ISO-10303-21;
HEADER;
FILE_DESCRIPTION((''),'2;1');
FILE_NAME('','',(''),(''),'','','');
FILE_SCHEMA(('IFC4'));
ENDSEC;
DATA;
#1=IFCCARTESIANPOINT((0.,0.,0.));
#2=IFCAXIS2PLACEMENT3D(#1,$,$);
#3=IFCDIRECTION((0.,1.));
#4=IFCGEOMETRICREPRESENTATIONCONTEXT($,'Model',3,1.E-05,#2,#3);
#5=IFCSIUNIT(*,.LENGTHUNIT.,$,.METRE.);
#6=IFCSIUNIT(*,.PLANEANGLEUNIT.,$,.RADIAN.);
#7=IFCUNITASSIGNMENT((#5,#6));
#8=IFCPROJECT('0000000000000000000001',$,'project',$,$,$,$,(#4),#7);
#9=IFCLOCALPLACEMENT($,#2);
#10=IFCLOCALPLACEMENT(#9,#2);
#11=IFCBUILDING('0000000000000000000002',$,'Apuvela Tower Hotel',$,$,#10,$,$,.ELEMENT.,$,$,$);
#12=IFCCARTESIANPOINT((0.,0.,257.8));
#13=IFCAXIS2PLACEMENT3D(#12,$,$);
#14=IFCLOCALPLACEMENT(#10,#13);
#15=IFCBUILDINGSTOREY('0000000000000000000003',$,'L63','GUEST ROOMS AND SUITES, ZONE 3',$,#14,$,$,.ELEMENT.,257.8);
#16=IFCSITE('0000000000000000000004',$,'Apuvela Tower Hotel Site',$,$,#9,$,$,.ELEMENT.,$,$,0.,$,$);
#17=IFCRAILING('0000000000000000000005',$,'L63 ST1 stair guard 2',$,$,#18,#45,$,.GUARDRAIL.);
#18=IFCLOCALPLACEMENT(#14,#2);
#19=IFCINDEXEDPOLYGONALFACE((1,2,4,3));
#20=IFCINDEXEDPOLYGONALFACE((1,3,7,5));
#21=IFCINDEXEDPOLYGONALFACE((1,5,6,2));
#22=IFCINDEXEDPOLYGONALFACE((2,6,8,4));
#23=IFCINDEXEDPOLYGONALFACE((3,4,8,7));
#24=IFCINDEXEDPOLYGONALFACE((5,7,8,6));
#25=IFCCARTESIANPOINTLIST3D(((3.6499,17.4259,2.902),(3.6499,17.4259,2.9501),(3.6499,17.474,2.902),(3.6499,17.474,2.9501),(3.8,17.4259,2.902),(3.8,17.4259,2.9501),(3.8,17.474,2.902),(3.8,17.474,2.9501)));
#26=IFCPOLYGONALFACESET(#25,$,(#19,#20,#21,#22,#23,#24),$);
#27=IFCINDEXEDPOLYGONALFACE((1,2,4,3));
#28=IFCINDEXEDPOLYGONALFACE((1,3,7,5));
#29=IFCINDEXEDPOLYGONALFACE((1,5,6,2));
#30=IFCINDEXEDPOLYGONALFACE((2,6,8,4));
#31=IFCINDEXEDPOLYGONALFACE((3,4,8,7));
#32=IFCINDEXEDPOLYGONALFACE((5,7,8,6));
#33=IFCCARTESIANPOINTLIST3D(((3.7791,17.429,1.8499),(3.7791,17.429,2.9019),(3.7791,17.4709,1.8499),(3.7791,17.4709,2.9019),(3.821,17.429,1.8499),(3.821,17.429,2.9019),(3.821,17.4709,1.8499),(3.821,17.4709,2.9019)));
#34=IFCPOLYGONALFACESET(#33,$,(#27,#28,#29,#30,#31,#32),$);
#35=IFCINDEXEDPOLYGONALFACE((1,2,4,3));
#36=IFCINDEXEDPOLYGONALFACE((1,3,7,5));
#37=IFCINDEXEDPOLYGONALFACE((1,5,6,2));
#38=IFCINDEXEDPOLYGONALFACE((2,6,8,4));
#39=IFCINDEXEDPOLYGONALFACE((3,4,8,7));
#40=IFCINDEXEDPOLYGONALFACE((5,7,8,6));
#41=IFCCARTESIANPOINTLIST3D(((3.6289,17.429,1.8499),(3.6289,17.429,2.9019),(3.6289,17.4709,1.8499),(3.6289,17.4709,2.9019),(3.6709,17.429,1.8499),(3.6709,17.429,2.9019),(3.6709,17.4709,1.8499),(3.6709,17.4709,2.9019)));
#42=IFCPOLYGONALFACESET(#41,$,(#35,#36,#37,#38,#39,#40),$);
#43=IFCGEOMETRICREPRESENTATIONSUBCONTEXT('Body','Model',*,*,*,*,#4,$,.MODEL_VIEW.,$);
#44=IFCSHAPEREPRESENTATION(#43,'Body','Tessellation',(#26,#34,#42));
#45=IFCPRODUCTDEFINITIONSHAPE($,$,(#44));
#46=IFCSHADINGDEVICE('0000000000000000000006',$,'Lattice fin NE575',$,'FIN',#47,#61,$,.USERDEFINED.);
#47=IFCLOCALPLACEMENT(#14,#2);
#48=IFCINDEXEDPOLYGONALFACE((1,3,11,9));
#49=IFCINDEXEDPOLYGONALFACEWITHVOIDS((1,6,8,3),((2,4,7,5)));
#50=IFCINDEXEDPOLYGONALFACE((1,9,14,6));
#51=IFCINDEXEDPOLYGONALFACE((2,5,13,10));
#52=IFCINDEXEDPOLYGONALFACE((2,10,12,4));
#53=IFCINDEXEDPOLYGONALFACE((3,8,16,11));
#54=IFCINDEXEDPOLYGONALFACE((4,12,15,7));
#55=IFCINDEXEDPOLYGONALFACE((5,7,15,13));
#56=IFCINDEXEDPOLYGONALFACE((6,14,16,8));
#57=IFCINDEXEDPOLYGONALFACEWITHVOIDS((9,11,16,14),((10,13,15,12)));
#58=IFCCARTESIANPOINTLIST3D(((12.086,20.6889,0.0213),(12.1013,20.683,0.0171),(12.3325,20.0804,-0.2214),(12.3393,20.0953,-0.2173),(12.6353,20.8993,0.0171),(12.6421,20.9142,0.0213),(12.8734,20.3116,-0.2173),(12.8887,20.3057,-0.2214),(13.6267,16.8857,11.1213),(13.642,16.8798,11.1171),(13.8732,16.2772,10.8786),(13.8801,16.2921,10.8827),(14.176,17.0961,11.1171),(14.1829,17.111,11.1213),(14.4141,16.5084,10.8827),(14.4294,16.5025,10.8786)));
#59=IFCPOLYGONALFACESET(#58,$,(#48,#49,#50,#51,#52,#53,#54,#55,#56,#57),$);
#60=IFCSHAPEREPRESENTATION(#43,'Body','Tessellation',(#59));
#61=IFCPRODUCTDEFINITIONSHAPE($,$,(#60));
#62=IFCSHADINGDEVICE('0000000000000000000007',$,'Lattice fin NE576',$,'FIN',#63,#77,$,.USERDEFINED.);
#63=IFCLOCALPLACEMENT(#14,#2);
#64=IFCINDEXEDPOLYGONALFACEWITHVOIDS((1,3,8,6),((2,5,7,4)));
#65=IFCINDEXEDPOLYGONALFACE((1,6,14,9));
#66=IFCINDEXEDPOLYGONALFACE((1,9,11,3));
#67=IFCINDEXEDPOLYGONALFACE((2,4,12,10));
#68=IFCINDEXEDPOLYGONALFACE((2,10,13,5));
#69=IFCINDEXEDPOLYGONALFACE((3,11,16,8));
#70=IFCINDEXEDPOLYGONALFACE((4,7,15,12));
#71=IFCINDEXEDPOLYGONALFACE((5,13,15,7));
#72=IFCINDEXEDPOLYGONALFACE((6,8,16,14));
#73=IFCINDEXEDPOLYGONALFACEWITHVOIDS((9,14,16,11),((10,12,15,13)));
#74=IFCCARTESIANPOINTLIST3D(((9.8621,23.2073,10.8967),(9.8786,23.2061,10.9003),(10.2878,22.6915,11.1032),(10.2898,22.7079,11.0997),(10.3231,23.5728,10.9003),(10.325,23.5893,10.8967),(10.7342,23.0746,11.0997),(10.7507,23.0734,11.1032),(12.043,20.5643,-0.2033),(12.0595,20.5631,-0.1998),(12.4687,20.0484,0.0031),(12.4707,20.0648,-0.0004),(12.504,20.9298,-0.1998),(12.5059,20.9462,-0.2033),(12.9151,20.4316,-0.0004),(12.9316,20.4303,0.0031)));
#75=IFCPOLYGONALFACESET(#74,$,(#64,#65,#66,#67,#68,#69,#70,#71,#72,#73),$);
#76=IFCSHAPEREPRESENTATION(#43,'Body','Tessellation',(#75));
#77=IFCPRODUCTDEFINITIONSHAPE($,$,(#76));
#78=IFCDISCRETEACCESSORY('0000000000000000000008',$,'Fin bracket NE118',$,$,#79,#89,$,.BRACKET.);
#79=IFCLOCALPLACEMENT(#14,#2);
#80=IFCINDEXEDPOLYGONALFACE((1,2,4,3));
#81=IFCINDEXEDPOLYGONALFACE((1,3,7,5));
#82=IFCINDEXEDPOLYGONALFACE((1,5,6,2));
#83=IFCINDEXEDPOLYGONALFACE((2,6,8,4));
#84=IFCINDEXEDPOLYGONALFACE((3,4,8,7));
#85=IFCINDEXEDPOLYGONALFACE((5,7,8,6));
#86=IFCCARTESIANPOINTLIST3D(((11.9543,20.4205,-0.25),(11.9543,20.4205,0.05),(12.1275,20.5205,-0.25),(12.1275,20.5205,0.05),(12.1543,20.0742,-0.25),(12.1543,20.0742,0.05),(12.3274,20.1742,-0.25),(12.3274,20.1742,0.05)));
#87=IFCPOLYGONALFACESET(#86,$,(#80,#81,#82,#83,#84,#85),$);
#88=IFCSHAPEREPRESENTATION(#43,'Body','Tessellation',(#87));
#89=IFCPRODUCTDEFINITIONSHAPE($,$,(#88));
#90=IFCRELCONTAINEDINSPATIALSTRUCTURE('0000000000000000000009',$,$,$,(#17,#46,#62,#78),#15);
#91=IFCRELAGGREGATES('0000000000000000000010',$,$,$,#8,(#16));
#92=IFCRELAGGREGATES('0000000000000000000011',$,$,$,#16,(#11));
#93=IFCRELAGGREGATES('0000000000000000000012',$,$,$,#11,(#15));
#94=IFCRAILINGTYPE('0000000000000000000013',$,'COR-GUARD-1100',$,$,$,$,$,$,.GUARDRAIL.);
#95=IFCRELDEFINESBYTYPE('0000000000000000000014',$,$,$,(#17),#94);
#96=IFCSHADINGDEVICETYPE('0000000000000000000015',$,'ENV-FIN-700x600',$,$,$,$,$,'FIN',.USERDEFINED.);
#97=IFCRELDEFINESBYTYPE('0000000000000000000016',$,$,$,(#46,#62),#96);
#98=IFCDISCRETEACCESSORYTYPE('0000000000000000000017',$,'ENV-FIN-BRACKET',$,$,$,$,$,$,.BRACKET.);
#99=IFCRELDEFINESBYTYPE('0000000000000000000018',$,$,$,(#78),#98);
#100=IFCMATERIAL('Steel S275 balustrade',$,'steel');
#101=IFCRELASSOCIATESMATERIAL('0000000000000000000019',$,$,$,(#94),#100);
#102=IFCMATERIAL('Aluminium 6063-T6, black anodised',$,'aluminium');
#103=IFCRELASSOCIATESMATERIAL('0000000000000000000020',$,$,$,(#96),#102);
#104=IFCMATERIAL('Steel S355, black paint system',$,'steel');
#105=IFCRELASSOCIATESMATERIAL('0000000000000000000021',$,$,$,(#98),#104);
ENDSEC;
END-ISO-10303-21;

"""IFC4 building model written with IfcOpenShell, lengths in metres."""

from ifc_helpers import new_model, si_unit, direction, frame, origin, origin_2d, place, context, subcontext, project, spatial, rectangle, hollow_rectangle, extrude, material, material_profile, profile_set, type_object, element, save


model = new_model("IFC4")

# Units and contexts
model_context = context("Model", 3, precision=1e-05, world=origin(), true_north=direction((0.0, 1.0)))
body_context = subcontext(model_context, "Body", "Model", "MODEL_VIEW")
ifc_project = project(units=[si_unit("LENGTHUNIT", "METRE"), si_unit("PLANEANGLEUNIT", "RADIAN")], contexts=[model_context])

# Site, building, storey
site_placement = place(None, origin())
site = spatial("IfcSite", under=ifc_project, at=site_placement, Name="Apuvela Tower Hotel Site", CompositionType="ELEMENT", RefElevation=0.0)
building_placement = place(site_placement, origin())
building = spatial("IfcBuilding", under=site, at=building_placement, Name="Apuvela Tower Hotel", CompositionType="ELEMENT")
storey_placement = place(building_placement, frame((0.0, 0.0, 257.8)))
storey = spatial("IfcBuildingStorey", under=building, at=storey_placement, Name="L63", Description="GUEST ROOMS AND SUITES, ZONE 3", CompositionType="ELEMENT", Elevation=257.8)

# Railing
ifc_material_1 = material(Name="Steel S275 balustrade", Category="steel")
railing_type = type_object("IfcRailingType", Name="COR-GUARD-1100", PredefinedType="GUARDRAIL", material=ifc_material_1)
railing_placement = place(storey_placement, frame((3.8, 17.45, 1.8499)))
element("IfcRailing", 1, at=railing_placement, inside=storey, type_object=railing_type, Name="L63 ST1 stair guard 2", PredefinedType="GUARDRAIL", context=body_context, shape_type="SweptSolid", body=[
    extrude(rectangle(XDim=0.0481, YDim=0.0481, at=origin_2d()), frame((0.0, 0.0, 1.0762), z_axis=(-1.0, 0.0, 0.0), x_axis=(0.0, -1.0, 0.0)), (0.0, 0.0, 1.0), 0.1501),
    extrude(rectangle(XDim=0.042, YDim=0.042, at=origin_2d()), origin(), (0.0, 0.0, 1.0), 1.052),
    extrude(rectangle(XDim=0.042, YDim=0.042, at=origin_2d()), frame((-0.1501, 0.0, 0.0)), (0.0, 0.0, 1.0), 1.052),
])

# Shading devices
ifc_material_2 = material(Name="Aluminium 6063-T6, black anodised", Category="aluminium")
ifc_material_profile_1 = material_profile(ifc_material_2, hollow_rectangle(XDim=0.6001, YDim=0.7, WallThickness=0.012, at=origin_2d()), Name="AL BOX 700x600x12")
ifc_profile_set_1 = profile_set([ifc_material_profile_1], Name="Aluminium 6063-T6, black anodised")
shading_device_type = type_object("IfcShadingDeviceType", Name="ENV-FIN-700x600", ElementType="FIN", PredefinedType="USERDEFINED", material=ifc_profile_set_1)
shading_device_1_placement = place(storey_placement, frame((12.4873, 20.4973, -0.1001), z_axis=(0.130195, -0.321373, 0.93796), x_axis=(0.926831, 0.37548, 0.0)))
element("IfcShadingDevice", 2, at=shading_device_1_placement, inside=storey, type_object=shading_device_type, Name="Lattice fin NE575", ObjectType="FIN", PredefinedType="USERDEFINED", context=body_context, shape_type="SweptSolid", body=[
    extrude(hollow_rectangle(XDim=0.6001, YDim=0.7, WallThickness=0.012, at=origin_2d()), origin(), (0.0, 0.0, 1.0), 11.8342),
])
shading_device_2_placement = place(storey_placement, frame((12.4873, 20.4973, -0.1001), z_axis=(-0.187734, 0.227517, 0.955506), x_axis=(-0.771319, -0.636449, 0.0)))
element("IfcShadingDevice", 3, at=shading_device_2_placement, inside=storey, type_object=shading_device_type, Name="Lattice fin NE576", ObjectType="FIN", PredefinedType="USERDEFINED", context=body_context, shape_type="SweptSolid", body=[
    extrude(hollow_rectangle(XDim=0.6001, YDim=0.7, WallThickness=0.012, at=origin_2d()), origin(), (0.0, 0.0, 1.0), 11.6169),
])

# Discrete accessory
ifc_material_3 = material(Name="Steel S355, black paint system", Category="steel")
discrete_accessory_type = type_object("IfcDiscreteAccessoryType", Name="ENV-FIN-BRACKET", PredefinedType="BRACKET", material=ifc_material_3)
discrete_accessory_placement = place(storey_placement, frame((12.1409, 20.2974, -0.25), z_axis=(0.0, 0.0, 1.0), x_axis=(-0.5, 0.866025, 0.0)))
element("IfcDiscreteAccessory", 4, at=discrete_accessory_placement, inside=storey, type_object=discrete_accessory_type, Name="Fin bracket NE118", PredefinedType="BRACKET", context=body_context, shape_type="SweptSolid", body=[
    extrude(rectangle(XDim=0.3999, YDim=0.2, at=origin_2d()), origin(), (0.0, 0.0, 1.0), 0.3),
])

save(model, "model.ifc")
